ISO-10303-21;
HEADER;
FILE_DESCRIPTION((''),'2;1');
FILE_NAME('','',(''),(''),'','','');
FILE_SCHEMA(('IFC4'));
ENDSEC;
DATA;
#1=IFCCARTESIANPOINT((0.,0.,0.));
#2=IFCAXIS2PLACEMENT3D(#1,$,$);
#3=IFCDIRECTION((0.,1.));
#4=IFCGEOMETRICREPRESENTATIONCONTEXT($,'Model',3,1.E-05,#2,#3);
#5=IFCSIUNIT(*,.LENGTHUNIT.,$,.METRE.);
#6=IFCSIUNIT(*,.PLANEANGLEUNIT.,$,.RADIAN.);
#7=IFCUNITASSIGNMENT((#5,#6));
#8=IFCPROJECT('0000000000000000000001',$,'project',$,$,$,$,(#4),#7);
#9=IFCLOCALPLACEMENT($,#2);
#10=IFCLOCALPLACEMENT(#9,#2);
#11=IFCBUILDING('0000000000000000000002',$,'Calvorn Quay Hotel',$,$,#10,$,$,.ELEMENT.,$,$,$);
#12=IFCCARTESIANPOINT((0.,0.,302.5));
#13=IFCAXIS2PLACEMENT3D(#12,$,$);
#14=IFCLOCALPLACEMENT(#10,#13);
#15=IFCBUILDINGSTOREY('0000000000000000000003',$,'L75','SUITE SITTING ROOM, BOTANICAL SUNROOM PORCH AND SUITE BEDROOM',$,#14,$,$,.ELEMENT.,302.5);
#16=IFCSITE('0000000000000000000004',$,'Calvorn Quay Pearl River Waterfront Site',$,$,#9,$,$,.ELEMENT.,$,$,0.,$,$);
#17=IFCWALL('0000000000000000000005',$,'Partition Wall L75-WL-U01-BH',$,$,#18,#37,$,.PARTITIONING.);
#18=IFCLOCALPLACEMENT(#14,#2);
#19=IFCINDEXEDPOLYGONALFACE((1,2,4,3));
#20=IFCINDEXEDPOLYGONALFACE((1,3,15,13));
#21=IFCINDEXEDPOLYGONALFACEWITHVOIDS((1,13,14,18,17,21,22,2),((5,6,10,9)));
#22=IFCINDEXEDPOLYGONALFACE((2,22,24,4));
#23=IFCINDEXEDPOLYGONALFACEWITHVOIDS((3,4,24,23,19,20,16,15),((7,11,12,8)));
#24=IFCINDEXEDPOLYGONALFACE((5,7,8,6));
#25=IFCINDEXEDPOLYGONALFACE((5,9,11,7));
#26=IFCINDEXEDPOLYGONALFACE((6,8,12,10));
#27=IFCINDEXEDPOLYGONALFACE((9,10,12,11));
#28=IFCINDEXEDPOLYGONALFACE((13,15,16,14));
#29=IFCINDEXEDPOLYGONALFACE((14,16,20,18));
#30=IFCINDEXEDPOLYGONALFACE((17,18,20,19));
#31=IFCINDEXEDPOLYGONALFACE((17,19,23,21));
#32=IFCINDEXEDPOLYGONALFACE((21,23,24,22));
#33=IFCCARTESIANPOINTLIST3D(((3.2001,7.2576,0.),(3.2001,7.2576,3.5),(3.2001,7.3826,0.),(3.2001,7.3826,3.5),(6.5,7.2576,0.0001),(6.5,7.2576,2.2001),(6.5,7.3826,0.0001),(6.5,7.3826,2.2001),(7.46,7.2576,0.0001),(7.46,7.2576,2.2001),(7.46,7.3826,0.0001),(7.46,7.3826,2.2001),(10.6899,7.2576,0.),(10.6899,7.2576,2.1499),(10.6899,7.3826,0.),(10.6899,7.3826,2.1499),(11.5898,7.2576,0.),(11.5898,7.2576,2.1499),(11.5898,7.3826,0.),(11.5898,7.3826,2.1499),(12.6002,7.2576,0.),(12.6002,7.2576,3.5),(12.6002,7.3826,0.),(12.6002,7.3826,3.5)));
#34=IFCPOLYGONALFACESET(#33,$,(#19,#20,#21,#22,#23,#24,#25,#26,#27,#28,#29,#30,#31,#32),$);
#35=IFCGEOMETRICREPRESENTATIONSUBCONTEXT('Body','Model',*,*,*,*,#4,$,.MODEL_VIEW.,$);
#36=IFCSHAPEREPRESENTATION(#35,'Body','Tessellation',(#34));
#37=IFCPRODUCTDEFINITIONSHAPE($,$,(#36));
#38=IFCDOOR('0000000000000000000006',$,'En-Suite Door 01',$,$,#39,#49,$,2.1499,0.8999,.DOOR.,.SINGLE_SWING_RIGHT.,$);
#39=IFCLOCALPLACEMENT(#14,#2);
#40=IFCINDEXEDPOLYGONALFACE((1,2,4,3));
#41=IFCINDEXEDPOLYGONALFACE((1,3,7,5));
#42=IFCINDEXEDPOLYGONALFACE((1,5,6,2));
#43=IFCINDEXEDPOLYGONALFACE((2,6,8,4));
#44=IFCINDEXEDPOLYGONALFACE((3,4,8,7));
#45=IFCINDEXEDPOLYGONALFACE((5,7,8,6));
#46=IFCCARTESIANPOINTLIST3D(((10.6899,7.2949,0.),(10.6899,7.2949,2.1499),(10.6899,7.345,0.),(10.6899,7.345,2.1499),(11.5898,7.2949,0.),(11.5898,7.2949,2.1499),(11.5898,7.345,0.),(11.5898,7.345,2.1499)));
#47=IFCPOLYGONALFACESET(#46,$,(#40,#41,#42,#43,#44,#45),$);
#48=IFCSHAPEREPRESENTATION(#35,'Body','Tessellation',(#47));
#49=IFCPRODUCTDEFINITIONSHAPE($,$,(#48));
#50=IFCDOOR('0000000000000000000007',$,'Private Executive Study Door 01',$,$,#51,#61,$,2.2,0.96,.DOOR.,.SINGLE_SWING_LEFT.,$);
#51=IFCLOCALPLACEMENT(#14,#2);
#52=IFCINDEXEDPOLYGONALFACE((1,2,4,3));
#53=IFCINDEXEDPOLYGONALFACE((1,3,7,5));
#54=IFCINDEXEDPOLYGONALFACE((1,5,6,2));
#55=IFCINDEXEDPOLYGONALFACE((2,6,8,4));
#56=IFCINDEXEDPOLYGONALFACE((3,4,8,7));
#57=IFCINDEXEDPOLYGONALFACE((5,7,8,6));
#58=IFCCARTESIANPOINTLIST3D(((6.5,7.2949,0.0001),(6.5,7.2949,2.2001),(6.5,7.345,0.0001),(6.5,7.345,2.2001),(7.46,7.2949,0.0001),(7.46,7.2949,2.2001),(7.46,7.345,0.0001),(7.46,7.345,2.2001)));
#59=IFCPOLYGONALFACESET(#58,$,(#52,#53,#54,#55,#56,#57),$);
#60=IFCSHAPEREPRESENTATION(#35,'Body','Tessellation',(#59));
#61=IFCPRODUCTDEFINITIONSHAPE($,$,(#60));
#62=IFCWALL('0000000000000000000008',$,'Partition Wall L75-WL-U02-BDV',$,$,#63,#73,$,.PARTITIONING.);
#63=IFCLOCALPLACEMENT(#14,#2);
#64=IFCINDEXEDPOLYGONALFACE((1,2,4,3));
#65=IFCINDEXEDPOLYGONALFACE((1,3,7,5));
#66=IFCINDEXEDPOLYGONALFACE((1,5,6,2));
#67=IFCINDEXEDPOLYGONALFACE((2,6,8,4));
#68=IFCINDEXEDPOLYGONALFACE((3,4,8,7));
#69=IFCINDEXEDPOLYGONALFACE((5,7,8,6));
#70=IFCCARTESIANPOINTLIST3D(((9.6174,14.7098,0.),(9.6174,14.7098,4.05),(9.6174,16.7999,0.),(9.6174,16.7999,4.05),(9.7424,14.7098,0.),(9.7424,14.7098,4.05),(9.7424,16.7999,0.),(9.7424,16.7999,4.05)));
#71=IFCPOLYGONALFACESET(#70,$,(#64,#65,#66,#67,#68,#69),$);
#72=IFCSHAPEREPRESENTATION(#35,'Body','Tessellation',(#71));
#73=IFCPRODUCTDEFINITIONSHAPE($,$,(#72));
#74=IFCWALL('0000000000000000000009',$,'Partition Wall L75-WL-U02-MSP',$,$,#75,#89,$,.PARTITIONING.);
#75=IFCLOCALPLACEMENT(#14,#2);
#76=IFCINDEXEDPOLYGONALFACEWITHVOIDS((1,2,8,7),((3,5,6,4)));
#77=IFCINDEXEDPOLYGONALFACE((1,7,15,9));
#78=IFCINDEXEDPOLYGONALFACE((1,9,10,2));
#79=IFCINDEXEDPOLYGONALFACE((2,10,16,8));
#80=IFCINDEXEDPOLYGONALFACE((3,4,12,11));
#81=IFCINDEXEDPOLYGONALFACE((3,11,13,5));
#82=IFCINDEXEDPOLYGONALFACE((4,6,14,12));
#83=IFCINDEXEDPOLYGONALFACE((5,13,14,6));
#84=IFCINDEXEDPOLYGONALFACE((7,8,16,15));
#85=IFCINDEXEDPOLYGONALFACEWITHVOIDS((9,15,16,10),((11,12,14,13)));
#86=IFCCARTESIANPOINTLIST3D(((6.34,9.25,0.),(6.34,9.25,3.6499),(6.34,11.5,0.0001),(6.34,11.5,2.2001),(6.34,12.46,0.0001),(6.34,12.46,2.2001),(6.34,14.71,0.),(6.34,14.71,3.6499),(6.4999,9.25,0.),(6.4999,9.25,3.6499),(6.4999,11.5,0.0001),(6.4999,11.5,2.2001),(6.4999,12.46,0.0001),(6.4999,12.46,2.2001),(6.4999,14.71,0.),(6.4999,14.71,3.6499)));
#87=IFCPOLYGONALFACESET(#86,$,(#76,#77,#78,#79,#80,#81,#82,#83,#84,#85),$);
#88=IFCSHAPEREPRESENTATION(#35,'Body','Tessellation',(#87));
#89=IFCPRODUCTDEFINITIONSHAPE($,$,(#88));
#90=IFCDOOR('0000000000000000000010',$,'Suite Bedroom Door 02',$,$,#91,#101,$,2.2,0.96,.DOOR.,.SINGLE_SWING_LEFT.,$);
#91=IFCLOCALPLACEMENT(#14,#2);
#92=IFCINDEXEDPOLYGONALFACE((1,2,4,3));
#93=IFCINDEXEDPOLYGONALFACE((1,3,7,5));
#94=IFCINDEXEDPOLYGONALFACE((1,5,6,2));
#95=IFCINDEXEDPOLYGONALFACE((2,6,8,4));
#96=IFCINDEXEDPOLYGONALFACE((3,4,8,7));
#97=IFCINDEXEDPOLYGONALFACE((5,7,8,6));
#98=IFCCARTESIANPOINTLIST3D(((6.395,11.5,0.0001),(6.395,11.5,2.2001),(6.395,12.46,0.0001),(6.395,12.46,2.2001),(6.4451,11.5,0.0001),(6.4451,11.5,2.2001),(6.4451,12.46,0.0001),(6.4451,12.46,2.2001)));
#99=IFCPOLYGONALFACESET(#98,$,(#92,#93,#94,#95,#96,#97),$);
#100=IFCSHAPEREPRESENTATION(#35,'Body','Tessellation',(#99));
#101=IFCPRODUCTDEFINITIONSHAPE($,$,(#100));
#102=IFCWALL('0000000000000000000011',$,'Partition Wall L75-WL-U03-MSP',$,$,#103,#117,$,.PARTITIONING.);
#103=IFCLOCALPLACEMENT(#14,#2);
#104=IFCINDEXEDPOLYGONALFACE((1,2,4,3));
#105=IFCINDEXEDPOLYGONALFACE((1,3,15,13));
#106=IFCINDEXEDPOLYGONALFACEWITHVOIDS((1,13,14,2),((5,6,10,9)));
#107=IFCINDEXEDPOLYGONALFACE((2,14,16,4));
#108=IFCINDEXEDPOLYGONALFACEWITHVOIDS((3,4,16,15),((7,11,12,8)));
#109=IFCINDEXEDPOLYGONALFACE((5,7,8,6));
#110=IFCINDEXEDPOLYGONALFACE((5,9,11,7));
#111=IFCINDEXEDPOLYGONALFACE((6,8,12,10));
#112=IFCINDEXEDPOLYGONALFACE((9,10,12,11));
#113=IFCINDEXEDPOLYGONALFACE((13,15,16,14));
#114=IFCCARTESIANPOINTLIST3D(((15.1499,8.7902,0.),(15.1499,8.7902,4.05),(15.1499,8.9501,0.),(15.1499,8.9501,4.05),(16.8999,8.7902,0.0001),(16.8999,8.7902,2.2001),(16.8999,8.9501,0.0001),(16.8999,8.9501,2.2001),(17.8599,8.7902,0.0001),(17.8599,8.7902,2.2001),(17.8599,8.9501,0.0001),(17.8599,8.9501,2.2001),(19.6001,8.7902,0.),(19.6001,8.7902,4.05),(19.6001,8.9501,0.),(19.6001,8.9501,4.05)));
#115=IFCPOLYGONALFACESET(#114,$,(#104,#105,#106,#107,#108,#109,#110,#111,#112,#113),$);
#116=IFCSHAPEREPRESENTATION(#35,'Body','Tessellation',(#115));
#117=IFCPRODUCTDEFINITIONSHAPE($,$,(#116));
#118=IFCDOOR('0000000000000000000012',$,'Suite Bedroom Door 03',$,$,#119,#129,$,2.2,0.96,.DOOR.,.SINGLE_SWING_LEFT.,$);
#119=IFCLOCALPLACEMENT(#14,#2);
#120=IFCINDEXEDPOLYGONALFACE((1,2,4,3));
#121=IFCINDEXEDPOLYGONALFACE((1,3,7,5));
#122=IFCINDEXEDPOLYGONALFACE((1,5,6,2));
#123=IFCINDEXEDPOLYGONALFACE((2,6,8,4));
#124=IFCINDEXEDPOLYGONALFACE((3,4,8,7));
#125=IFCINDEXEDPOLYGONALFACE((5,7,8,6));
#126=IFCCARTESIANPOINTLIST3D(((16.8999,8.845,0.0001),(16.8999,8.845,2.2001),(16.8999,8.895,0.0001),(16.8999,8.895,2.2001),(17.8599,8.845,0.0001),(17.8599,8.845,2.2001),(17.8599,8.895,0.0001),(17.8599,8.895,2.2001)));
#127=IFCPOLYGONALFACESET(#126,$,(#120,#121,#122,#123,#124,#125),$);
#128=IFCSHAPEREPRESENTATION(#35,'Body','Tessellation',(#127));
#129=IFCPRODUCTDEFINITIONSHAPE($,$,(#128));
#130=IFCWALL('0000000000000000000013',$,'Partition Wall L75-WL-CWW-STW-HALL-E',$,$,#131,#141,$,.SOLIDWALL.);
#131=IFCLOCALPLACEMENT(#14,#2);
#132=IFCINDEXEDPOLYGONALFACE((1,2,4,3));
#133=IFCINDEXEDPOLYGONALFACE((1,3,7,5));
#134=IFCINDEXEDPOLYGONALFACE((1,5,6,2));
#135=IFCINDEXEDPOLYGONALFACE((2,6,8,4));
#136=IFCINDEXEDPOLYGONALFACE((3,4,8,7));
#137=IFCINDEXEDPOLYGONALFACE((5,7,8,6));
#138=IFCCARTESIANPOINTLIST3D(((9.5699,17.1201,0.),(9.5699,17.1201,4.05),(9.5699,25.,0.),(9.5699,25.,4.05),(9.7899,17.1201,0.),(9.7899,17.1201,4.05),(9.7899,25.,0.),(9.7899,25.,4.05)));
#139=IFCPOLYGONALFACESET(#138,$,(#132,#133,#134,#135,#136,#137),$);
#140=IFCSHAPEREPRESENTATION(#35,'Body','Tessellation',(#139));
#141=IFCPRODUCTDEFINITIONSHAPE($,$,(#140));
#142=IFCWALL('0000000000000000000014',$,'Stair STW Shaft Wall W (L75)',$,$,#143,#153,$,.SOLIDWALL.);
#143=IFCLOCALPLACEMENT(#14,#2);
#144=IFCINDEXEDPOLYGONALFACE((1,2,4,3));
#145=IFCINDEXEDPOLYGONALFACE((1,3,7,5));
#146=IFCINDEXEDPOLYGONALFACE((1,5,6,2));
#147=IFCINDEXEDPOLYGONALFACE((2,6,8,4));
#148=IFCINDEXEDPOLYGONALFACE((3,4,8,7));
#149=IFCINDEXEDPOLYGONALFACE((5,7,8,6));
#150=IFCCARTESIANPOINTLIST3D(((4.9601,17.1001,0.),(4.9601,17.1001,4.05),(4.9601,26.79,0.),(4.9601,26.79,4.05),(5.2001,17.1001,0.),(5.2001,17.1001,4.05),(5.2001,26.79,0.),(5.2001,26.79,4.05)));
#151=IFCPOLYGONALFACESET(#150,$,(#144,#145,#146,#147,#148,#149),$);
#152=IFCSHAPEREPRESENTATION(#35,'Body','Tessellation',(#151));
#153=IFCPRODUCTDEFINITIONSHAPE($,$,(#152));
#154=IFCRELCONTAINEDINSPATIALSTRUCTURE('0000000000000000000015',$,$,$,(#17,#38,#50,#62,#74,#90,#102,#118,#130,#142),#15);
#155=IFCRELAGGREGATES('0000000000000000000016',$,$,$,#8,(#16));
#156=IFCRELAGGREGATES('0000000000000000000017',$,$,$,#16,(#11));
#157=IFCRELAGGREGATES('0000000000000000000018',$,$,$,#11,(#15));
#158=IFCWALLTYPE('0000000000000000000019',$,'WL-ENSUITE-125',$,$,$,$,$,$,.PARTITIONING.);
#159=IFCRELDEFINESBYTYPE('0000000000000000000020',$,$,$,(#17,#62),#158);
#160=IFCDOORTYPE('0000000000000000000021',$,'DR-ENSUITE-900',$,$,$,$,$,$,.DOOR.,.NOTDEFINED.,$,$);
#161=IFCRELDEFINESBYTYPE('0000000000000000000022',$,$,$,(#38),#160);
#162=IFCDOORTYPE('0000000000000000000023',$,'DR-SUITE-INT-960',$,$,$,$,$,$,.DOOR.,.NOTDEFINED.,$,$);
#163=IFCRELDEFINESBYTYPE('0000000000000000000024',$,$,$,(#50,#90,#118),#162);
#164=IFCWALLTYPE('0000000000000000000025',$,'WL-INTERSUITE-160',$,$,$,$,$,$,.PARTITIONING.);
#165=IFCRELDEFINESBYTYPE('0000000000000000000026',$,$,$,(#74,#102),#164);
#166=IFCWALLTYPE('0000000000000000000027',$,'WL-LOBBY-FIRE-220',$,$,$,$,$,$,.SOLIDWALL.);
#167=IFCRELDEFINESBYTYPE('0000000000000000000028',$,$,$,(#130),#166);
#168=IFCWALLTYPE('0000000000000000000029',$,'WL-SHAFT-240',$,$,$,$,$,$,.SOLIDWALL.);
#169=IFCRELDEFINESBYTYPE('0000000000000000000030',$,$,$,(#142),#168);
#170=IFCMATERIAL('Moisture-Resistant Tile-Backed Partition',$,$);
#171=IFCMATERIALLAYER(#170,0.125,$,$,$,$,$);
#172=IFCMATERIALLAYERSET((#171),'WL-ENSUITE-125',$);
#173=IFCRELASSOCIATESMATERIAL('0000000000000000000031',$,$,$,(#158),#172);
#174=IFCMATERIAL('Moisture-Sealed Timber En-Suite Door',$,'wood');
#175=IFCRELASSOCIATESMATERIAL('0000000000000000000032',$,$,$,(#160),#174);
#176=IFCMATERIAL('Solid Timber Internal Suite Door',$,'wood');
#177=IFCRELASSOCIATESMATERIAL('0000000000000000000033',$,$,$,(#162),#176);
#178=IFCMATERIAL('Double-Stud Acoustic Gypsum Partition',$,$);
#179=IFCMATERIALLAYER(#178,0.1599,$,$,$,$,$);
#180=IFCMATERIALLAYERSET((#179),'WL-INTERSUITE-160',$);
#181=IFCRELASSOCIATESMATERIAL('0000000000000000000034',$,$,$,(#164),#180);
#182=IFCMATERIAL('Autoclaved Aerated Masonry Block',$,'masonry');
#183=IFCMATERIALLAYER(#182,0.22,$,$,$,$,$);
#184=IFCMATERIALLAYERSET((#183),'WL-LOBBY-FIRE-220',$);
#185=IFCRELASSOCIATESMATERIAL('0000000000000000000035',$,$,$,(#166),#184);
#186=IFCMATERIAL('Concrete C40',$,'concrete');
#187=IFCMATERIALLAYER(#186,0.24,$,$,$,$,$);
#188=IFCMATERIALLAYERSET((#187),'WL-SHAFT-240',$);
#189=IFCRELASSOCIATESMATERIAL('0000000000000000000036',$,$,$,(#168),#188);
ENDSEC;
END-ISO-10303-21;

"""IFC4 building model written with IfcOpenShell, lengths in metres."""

from ifc_helpers import new_model, si_unit, direction, frame, frame_2d, origin, place, context, subcontext, project, spatial, rectangle, extrude, material, layer, layer_set, type_object, element, fill, save


model = new_model("IFC4")

# Units and contexts
model_context = context("Model", 3, precision=1e-05, world=origin(), true_north=direction((0.0, 1.0)))
body_context = subcontext(model_context, "Body", "Model", "MODEL_VIEW")
ifc_project = project(units=[si_unit("LENGTHUNIT", "METRE"), si_unit("PLANEANGLEUNIT", "RADIAN")], contexts=[model_context])

# Site, building, storey
site_placement = place(None, origin())
site = spatial("IfcSite", under=ifc_project, at=site_placement, Name="Calvorn Quay Pearl River Waterfront Site", CompositionType="ELEMENT", RefElevation=0.0)
building_placement = place(site_placement, origin())
building = spatial("IfcBuilding", under=site, at=building_placement, Name="Calvorn Quay Hotel", CompositionType="ELEMENT")
storey_placement = place(building_placement, frame((0.0, 0.0, 302.5)))
storey = spatial("IfcBuildingStorey", under=building, at=storey_placement, Name="L75", Description="SUITE SITTING ROOM, BOTANICAL SUNROOM PORCH AND SUITE BEDROOM", CompositionType="ELEMENT", Elevation=302.5)

# Shared definitions
ifc_material_1 = material(Name="Moisture-Resistant Tile-Backed Partition")
ifc_layer_1 = layer(ifc_material_1, 0.125)
ifc_layer_set_1 = layer_set([ifc_layer_1], Name="WL-ENSUITE-125")
wall_type_1 = type_object("IfcWallType", Name="WL-ENSUITE-125", PredefinedType="PARTITIONING", material=ifc_layer_set_1)

# Wall, openings, doors
wall_1_placement = place(storey_placement, frame((3.2, 7.3201, 0.0), z_axis=(0.0, 0.0, 1.0), x_axis=(1.0, 0.0, 0.0)))
wall_1 = element("IfcWall", 1, at=wall_1_placement, inside=storey, type_object=wall_type_1, Name="Partition Wall L75-WL-U01-BH", PredefinedType="PARTITIONING", context=body_context, shape_type="SweptSolid", body=[
    extrude(rectangle(XDim=9.4001, YDim=0.125, at=frame_2d((4.7002, 0.0))), origin(), (0.0, 0.0, 1.0), 3.5),
])
opening_1_placement = place(wall_1_placement, frame((3.3, 0.0, 0.0)))
opening_1 = element("IfcOpeningElement", 2, at=opening_1_placement, cuts=wall_1, PredefinedType="OPENING", context=body_context, shape_type="SweptSolid", body=[
    extrude(rectangle(XDim=0.96, YDim=2.2, at=frame_2d((0.48, 1.1001))), frame((0.0, 0.0725, 0.0), z_axis=(0.0, -1.0, 0.0), x_axis=(1.0, 0.0, 0.0)), (0.0, 0.0, 1.0), 0.145),
])
opening_2_placement = place(wall_1_placement, frame((7.49, 0.0, 0.0)))
opening_2 = element("IfcOpeningElement", 3, at=opening_2_placement, cuts=wall_1, PredefinedType="OPENING", context=body_context, shape_type="SweptSolid", body=[
    extrude(rectangle(XDim=0.8999, YDim=2.1499, at=frame_2d((0.45, 1.075))), frame((0.0, 0.0725, 0.0), z_axis=(0.0, -1.0, 0.0), x_axis=(1.0, 0.0, 0.0)), (0.0, 0.0, 1.0), 0.145),
])
ifc_material_2 = material(Name="Moisture-Sealed Timber En-Suite Door", Category="wood")
door_type_1 = type_object("IfcDoorType", Name="DR-ENSUITE-900", OperationType="NOTDEFINED", PredefinedType="DOOR", material=ifc_material_2)
door_1_placement = place(opening_2_placement, origin())
door_1 = element("IfcDoor", 4, at=door_1_placement, inside=storey, type_object=door_type_1, Name="En-Suite Door 01", OperationType="SINGLE_SWING_RIGHT", OverallHeight=2.1499, OverallWidth=0.8999, PredefinedType="DOOR", context=body_context, shape_type="SweptSolid", body=[
    extrude(rectangle(XDim=0.8999, YDim=2.1499, at=frame_2d((0.45, 1.075))), frame((0.0, 0.0249, 0.0), z_axis=(0.0, -1.0, 0.0), x_axis=(1.0, 0.0, 0.0)), (0.0, 0.0, 1.0), 0.05),
])
fill(opening_2, door_1)
ifc_material_3 = material(Name="Solid Timber Internal Suite Door", Category="wood")
door_type_2 = type_object("IfcDoorType", Name="DR-SUITE-INT-960", OperationType="NOTDEFINED", PredefinedType="DOOR", material=ifc_material_3)
door_2_placement = place(opening_1_placement, origin())
door_2 = element("IfcDoor", 5, at=door_2_placement, inside=storey, type_object=door_type_2, Name="Private Executive Study Door 01", OperationType="SINGLE_SWING_LEFT", OverallHeight=2.2, OverallWidth=0.96, PredefinedType="DOOR", context=body_context, shape_type="SweptSolid", body=[
    extrude(rectangle(XDim=0.96, YDim=2.2, at=frame_2d((0.48, 1.1001))), frame((0.0, 0.0249, 0.0), z_axis=(0.0, -1.0, 0.0), x_axis=(1.0, 0.0, 0.0)), (0.0, 0.0, 1.0), 0.05),
])
fill(opening_1, door_2)

# Wall
wall_2_placement = place(storey_placement, frame((9.6799, 14.71, 0.0), z_axis=(0.0, 0.0, 1.0), x_axis=(0.0, 1.0, 0.0)))
element("IfcWall", 6, at=wall_2_placement, inside=storey, type_object=wall_type_1, Name="Partition Wall L75-WL-U02-BDV", PredefinedType="PARTITIONING", context=body_context, shape_type="SweptSolid", body=[
    extrude(rectangle(XDim=2.0901, YDim=0.125, at=frame_2d((1.0449, 0.0))), origin(), (0.0, 0.0, 1.0), 4.05),
])

# Walls, openings, doors
ifc_material_4 = material(Name="Double-Stud Acoustic Gypsum Partition")
ifc_layer_2 = layer(ifc_material_4, 0.1599)
ifc_layer_set_2 = layer_set([ifc_layer_2], Name="WL-INTERSUITE-160")
wall_type_2 = type_object("IfcWallType", Name="WL-INTERSUITE-160", PredefinedType="PARTITIONING", material=ifc_layer_set_2)
wall_3_placement = place(storey_placement, frame((6.4199, 9.25, 0.0), z_axis=(0.0, 0.0, 1.0), x_axis=(0.0, 1.0, 0.0)))
wall_3 = element("IfcWall", 7, at=wall_3_placement, inside=storey, type_object=wall_type_2, Name="Partition Wall L75-WL-U02-MSP", PredefinedType="PARTITIONING", context=body_context, shape_type="SweptSolid", body=[
    extrude(rectangle(XDim=5.46, YDim=0.1599, at=frame_2d((2.73, 0.0))), origin(), (0.0, 0.0, 1.0), 3.6499),
])
opening_3_placement = place(wall_3_placement, frame((2.25, 0.0, 0.0)))
opening_3 = element("IfcOpeningElement", 8, at=opening_3_placement, cuts=wall_3, PredefinedType="OPENING", context=body_context, shape_type="SweptSolid", body=[
    extrude(rectangle(XDim=0.96, YDim=2.2, at=frame_2d((0.48, 1.1001))), frame((0.0, 0.0898, 0.0), z_axis=(0.0, -1.0, 0.0), x_axis=(1.0, 0.0, 0.0)), (0.0, 0.0, 1.0), 0.1799),
])
door_3_placement = place(opening_3_placement, origin())
door_3 = element("IfcDoor", 9, at=door_3_placement, inside=storey, type_object=door_type_2, Name="Suite Bedroom Door 02", OperationType="SINGLE_SWING_LEFT", OverallHeight=2.2, OverallWidth=0.96, PredefinedType="DOOR", context=body_context, shape_type="SweptSolid", body=[
    extrude(rectangle(XDim=0.96, YDim=2.2, at=frame_2d((0.48, 1.1001))), frame((0.0, 0.0249, 0.0), z_axis=(0.0, -1.0, 0.0), x_axis=(1.0, 0.0, 0.0)), (0.0, 0.0, 1.0), 0.05),
])
fill(opening_3, door_3)
wall_4_placement = place(storey_placement, frame((15.1499, 8.8701, 0.0), z_axis=(0.0, 0.0, 1.0), x_axis=(1.0, 0.0, 0.0)))
wall_4 = element("IfcWall", 10, at=wall_4_placement, inside=storey, type_object=wall_type_2, Name="Partition Wall L75-WL-U03-MSP", PredefinedType="PARTITIONING", context=body_context, shape_type="SweptSolid", body=[
    extrude(rectangle(XDim=4.4502, YDim=0.1599, at=frame_2d((2.2251, 0.0))), origin(), (0.0, 0.0, 1.0), 4.05),
])
opening_4_placement = place(wall_4_placement, frame((1.75, 0.0, 0.0)))
opening_4 = element("IfcOpeningElement", 11, at=opening_4_placement, cuts=wall_4, PredefinedType="OPENING", context=body_context, shape_type="SweptSolid", body=[
    extrude(rectangle(XDim=0.96, YDim=2.2, at=frame_2d((0.48, 1.1001))), frame((0.0, 0.0898, 0.0), z_axis=(0.0, -1.0, 0.0), x_axis=(1.0, 0.0, 0.0)), (0.0, 0.0, 1.0), 0.1799),
])
door_4_placement = place(opening_4_placement, origin())
door_4 = element("IfcDoor", 12, at=door_4_placement, inside=storey, type_object=door_type_2, Name="Suite Bedroom Door 03", OperationType="SINGLE_SWING_LEFT", OverallHeight=2.2, OverallWidth=0.96, PredefinedType="DOOR", context=body_context, shape_type="SweptSolid", body=[
    extrude(rectangle(XDim=0.96, YDim=2.2, at=frame_2d((0.48, 1.1001))), frame((0.0, 0.0249, 0.0), z_axis=(0.0, -1.0, 0.0), x_axis=(1.0, 0.0, 0.0)), (0.0, 0.0, 1.0), 0.05),
])
fill(opening_4, door_4)

# Walls
ifc_material_5 = material(Name="Autoclaved Aerated Masonry Block", Category="masonry")
ifc_layer_3 = layer(ifc_material_5, 0.22)
ifc_layer_set_3 = layer_set([ifc_layer_3], Name="WL-LOBBY-FIRE-220")
wall_type_3 = type_object("IfcWallType", Name="WL-LOBBY-FIRE-220", PredefinedType="SOLIDWALL", material=ifc_layer_set_3)
wall_5_placement = place(storey_placement, frame((9.6799, 17.1201, 0.0), z_axis=(0.0, 0.0, 1.0), x_axis=(0.0, 1.0, 0.0)))
element("IfcWall", 13, at=wall_5_placement, inside=storey, type_object=wall_type_3, Name="Partition Wall L75-WL-CWW-STW-HALL-E", PredefinedType="SOLIDWALL", context=body_context, shape_type="SweptSolid", body=[
    extrude(rectangle(XDim=7.8799, YDim=0.22, at=frame_2d((3.9399, 0.0))), origin(), (0.0, 0.0, 1.0), 4.05),
])
ifc_material_6 = material(Name="Concrete C40", Category="concrete")
ifc_layer_4 = layer(ifc_material_6, 0.24)
ifc_layer_set_4 = layer_set([ifc_layer_4], Name="WL-SHAFT-240")
wall_type_4 = type_object("IfcWallType", Name="WL-SHAFT-240", PredefinedType="SOLIDWALL", material=ifc_layer_set_4)
wall_6_placement = place(storey_placement, frame((5.0801, 17.1001, 0.0), z_axis=(0.0, 0.0, 1.0), x_axis=(0.0, 1.0, 0.0)))
element("IfcWall", 14, at=wall_6_placement, inside=storey, type_object=wall_type_4, Name="Stair STW Shaft Wall W (L75)", PredefinedType="SOLIDWALL", context=body_context, shape_type="SweptSolid", body=[
    extrude(rectangle(XDim=9.6899, YDim=0.24, at=frame_2d((4.845, 0.0))), origin(), (0.0, 0.0, 1.0), 4.05),
])

save(model, "model.ifc")
